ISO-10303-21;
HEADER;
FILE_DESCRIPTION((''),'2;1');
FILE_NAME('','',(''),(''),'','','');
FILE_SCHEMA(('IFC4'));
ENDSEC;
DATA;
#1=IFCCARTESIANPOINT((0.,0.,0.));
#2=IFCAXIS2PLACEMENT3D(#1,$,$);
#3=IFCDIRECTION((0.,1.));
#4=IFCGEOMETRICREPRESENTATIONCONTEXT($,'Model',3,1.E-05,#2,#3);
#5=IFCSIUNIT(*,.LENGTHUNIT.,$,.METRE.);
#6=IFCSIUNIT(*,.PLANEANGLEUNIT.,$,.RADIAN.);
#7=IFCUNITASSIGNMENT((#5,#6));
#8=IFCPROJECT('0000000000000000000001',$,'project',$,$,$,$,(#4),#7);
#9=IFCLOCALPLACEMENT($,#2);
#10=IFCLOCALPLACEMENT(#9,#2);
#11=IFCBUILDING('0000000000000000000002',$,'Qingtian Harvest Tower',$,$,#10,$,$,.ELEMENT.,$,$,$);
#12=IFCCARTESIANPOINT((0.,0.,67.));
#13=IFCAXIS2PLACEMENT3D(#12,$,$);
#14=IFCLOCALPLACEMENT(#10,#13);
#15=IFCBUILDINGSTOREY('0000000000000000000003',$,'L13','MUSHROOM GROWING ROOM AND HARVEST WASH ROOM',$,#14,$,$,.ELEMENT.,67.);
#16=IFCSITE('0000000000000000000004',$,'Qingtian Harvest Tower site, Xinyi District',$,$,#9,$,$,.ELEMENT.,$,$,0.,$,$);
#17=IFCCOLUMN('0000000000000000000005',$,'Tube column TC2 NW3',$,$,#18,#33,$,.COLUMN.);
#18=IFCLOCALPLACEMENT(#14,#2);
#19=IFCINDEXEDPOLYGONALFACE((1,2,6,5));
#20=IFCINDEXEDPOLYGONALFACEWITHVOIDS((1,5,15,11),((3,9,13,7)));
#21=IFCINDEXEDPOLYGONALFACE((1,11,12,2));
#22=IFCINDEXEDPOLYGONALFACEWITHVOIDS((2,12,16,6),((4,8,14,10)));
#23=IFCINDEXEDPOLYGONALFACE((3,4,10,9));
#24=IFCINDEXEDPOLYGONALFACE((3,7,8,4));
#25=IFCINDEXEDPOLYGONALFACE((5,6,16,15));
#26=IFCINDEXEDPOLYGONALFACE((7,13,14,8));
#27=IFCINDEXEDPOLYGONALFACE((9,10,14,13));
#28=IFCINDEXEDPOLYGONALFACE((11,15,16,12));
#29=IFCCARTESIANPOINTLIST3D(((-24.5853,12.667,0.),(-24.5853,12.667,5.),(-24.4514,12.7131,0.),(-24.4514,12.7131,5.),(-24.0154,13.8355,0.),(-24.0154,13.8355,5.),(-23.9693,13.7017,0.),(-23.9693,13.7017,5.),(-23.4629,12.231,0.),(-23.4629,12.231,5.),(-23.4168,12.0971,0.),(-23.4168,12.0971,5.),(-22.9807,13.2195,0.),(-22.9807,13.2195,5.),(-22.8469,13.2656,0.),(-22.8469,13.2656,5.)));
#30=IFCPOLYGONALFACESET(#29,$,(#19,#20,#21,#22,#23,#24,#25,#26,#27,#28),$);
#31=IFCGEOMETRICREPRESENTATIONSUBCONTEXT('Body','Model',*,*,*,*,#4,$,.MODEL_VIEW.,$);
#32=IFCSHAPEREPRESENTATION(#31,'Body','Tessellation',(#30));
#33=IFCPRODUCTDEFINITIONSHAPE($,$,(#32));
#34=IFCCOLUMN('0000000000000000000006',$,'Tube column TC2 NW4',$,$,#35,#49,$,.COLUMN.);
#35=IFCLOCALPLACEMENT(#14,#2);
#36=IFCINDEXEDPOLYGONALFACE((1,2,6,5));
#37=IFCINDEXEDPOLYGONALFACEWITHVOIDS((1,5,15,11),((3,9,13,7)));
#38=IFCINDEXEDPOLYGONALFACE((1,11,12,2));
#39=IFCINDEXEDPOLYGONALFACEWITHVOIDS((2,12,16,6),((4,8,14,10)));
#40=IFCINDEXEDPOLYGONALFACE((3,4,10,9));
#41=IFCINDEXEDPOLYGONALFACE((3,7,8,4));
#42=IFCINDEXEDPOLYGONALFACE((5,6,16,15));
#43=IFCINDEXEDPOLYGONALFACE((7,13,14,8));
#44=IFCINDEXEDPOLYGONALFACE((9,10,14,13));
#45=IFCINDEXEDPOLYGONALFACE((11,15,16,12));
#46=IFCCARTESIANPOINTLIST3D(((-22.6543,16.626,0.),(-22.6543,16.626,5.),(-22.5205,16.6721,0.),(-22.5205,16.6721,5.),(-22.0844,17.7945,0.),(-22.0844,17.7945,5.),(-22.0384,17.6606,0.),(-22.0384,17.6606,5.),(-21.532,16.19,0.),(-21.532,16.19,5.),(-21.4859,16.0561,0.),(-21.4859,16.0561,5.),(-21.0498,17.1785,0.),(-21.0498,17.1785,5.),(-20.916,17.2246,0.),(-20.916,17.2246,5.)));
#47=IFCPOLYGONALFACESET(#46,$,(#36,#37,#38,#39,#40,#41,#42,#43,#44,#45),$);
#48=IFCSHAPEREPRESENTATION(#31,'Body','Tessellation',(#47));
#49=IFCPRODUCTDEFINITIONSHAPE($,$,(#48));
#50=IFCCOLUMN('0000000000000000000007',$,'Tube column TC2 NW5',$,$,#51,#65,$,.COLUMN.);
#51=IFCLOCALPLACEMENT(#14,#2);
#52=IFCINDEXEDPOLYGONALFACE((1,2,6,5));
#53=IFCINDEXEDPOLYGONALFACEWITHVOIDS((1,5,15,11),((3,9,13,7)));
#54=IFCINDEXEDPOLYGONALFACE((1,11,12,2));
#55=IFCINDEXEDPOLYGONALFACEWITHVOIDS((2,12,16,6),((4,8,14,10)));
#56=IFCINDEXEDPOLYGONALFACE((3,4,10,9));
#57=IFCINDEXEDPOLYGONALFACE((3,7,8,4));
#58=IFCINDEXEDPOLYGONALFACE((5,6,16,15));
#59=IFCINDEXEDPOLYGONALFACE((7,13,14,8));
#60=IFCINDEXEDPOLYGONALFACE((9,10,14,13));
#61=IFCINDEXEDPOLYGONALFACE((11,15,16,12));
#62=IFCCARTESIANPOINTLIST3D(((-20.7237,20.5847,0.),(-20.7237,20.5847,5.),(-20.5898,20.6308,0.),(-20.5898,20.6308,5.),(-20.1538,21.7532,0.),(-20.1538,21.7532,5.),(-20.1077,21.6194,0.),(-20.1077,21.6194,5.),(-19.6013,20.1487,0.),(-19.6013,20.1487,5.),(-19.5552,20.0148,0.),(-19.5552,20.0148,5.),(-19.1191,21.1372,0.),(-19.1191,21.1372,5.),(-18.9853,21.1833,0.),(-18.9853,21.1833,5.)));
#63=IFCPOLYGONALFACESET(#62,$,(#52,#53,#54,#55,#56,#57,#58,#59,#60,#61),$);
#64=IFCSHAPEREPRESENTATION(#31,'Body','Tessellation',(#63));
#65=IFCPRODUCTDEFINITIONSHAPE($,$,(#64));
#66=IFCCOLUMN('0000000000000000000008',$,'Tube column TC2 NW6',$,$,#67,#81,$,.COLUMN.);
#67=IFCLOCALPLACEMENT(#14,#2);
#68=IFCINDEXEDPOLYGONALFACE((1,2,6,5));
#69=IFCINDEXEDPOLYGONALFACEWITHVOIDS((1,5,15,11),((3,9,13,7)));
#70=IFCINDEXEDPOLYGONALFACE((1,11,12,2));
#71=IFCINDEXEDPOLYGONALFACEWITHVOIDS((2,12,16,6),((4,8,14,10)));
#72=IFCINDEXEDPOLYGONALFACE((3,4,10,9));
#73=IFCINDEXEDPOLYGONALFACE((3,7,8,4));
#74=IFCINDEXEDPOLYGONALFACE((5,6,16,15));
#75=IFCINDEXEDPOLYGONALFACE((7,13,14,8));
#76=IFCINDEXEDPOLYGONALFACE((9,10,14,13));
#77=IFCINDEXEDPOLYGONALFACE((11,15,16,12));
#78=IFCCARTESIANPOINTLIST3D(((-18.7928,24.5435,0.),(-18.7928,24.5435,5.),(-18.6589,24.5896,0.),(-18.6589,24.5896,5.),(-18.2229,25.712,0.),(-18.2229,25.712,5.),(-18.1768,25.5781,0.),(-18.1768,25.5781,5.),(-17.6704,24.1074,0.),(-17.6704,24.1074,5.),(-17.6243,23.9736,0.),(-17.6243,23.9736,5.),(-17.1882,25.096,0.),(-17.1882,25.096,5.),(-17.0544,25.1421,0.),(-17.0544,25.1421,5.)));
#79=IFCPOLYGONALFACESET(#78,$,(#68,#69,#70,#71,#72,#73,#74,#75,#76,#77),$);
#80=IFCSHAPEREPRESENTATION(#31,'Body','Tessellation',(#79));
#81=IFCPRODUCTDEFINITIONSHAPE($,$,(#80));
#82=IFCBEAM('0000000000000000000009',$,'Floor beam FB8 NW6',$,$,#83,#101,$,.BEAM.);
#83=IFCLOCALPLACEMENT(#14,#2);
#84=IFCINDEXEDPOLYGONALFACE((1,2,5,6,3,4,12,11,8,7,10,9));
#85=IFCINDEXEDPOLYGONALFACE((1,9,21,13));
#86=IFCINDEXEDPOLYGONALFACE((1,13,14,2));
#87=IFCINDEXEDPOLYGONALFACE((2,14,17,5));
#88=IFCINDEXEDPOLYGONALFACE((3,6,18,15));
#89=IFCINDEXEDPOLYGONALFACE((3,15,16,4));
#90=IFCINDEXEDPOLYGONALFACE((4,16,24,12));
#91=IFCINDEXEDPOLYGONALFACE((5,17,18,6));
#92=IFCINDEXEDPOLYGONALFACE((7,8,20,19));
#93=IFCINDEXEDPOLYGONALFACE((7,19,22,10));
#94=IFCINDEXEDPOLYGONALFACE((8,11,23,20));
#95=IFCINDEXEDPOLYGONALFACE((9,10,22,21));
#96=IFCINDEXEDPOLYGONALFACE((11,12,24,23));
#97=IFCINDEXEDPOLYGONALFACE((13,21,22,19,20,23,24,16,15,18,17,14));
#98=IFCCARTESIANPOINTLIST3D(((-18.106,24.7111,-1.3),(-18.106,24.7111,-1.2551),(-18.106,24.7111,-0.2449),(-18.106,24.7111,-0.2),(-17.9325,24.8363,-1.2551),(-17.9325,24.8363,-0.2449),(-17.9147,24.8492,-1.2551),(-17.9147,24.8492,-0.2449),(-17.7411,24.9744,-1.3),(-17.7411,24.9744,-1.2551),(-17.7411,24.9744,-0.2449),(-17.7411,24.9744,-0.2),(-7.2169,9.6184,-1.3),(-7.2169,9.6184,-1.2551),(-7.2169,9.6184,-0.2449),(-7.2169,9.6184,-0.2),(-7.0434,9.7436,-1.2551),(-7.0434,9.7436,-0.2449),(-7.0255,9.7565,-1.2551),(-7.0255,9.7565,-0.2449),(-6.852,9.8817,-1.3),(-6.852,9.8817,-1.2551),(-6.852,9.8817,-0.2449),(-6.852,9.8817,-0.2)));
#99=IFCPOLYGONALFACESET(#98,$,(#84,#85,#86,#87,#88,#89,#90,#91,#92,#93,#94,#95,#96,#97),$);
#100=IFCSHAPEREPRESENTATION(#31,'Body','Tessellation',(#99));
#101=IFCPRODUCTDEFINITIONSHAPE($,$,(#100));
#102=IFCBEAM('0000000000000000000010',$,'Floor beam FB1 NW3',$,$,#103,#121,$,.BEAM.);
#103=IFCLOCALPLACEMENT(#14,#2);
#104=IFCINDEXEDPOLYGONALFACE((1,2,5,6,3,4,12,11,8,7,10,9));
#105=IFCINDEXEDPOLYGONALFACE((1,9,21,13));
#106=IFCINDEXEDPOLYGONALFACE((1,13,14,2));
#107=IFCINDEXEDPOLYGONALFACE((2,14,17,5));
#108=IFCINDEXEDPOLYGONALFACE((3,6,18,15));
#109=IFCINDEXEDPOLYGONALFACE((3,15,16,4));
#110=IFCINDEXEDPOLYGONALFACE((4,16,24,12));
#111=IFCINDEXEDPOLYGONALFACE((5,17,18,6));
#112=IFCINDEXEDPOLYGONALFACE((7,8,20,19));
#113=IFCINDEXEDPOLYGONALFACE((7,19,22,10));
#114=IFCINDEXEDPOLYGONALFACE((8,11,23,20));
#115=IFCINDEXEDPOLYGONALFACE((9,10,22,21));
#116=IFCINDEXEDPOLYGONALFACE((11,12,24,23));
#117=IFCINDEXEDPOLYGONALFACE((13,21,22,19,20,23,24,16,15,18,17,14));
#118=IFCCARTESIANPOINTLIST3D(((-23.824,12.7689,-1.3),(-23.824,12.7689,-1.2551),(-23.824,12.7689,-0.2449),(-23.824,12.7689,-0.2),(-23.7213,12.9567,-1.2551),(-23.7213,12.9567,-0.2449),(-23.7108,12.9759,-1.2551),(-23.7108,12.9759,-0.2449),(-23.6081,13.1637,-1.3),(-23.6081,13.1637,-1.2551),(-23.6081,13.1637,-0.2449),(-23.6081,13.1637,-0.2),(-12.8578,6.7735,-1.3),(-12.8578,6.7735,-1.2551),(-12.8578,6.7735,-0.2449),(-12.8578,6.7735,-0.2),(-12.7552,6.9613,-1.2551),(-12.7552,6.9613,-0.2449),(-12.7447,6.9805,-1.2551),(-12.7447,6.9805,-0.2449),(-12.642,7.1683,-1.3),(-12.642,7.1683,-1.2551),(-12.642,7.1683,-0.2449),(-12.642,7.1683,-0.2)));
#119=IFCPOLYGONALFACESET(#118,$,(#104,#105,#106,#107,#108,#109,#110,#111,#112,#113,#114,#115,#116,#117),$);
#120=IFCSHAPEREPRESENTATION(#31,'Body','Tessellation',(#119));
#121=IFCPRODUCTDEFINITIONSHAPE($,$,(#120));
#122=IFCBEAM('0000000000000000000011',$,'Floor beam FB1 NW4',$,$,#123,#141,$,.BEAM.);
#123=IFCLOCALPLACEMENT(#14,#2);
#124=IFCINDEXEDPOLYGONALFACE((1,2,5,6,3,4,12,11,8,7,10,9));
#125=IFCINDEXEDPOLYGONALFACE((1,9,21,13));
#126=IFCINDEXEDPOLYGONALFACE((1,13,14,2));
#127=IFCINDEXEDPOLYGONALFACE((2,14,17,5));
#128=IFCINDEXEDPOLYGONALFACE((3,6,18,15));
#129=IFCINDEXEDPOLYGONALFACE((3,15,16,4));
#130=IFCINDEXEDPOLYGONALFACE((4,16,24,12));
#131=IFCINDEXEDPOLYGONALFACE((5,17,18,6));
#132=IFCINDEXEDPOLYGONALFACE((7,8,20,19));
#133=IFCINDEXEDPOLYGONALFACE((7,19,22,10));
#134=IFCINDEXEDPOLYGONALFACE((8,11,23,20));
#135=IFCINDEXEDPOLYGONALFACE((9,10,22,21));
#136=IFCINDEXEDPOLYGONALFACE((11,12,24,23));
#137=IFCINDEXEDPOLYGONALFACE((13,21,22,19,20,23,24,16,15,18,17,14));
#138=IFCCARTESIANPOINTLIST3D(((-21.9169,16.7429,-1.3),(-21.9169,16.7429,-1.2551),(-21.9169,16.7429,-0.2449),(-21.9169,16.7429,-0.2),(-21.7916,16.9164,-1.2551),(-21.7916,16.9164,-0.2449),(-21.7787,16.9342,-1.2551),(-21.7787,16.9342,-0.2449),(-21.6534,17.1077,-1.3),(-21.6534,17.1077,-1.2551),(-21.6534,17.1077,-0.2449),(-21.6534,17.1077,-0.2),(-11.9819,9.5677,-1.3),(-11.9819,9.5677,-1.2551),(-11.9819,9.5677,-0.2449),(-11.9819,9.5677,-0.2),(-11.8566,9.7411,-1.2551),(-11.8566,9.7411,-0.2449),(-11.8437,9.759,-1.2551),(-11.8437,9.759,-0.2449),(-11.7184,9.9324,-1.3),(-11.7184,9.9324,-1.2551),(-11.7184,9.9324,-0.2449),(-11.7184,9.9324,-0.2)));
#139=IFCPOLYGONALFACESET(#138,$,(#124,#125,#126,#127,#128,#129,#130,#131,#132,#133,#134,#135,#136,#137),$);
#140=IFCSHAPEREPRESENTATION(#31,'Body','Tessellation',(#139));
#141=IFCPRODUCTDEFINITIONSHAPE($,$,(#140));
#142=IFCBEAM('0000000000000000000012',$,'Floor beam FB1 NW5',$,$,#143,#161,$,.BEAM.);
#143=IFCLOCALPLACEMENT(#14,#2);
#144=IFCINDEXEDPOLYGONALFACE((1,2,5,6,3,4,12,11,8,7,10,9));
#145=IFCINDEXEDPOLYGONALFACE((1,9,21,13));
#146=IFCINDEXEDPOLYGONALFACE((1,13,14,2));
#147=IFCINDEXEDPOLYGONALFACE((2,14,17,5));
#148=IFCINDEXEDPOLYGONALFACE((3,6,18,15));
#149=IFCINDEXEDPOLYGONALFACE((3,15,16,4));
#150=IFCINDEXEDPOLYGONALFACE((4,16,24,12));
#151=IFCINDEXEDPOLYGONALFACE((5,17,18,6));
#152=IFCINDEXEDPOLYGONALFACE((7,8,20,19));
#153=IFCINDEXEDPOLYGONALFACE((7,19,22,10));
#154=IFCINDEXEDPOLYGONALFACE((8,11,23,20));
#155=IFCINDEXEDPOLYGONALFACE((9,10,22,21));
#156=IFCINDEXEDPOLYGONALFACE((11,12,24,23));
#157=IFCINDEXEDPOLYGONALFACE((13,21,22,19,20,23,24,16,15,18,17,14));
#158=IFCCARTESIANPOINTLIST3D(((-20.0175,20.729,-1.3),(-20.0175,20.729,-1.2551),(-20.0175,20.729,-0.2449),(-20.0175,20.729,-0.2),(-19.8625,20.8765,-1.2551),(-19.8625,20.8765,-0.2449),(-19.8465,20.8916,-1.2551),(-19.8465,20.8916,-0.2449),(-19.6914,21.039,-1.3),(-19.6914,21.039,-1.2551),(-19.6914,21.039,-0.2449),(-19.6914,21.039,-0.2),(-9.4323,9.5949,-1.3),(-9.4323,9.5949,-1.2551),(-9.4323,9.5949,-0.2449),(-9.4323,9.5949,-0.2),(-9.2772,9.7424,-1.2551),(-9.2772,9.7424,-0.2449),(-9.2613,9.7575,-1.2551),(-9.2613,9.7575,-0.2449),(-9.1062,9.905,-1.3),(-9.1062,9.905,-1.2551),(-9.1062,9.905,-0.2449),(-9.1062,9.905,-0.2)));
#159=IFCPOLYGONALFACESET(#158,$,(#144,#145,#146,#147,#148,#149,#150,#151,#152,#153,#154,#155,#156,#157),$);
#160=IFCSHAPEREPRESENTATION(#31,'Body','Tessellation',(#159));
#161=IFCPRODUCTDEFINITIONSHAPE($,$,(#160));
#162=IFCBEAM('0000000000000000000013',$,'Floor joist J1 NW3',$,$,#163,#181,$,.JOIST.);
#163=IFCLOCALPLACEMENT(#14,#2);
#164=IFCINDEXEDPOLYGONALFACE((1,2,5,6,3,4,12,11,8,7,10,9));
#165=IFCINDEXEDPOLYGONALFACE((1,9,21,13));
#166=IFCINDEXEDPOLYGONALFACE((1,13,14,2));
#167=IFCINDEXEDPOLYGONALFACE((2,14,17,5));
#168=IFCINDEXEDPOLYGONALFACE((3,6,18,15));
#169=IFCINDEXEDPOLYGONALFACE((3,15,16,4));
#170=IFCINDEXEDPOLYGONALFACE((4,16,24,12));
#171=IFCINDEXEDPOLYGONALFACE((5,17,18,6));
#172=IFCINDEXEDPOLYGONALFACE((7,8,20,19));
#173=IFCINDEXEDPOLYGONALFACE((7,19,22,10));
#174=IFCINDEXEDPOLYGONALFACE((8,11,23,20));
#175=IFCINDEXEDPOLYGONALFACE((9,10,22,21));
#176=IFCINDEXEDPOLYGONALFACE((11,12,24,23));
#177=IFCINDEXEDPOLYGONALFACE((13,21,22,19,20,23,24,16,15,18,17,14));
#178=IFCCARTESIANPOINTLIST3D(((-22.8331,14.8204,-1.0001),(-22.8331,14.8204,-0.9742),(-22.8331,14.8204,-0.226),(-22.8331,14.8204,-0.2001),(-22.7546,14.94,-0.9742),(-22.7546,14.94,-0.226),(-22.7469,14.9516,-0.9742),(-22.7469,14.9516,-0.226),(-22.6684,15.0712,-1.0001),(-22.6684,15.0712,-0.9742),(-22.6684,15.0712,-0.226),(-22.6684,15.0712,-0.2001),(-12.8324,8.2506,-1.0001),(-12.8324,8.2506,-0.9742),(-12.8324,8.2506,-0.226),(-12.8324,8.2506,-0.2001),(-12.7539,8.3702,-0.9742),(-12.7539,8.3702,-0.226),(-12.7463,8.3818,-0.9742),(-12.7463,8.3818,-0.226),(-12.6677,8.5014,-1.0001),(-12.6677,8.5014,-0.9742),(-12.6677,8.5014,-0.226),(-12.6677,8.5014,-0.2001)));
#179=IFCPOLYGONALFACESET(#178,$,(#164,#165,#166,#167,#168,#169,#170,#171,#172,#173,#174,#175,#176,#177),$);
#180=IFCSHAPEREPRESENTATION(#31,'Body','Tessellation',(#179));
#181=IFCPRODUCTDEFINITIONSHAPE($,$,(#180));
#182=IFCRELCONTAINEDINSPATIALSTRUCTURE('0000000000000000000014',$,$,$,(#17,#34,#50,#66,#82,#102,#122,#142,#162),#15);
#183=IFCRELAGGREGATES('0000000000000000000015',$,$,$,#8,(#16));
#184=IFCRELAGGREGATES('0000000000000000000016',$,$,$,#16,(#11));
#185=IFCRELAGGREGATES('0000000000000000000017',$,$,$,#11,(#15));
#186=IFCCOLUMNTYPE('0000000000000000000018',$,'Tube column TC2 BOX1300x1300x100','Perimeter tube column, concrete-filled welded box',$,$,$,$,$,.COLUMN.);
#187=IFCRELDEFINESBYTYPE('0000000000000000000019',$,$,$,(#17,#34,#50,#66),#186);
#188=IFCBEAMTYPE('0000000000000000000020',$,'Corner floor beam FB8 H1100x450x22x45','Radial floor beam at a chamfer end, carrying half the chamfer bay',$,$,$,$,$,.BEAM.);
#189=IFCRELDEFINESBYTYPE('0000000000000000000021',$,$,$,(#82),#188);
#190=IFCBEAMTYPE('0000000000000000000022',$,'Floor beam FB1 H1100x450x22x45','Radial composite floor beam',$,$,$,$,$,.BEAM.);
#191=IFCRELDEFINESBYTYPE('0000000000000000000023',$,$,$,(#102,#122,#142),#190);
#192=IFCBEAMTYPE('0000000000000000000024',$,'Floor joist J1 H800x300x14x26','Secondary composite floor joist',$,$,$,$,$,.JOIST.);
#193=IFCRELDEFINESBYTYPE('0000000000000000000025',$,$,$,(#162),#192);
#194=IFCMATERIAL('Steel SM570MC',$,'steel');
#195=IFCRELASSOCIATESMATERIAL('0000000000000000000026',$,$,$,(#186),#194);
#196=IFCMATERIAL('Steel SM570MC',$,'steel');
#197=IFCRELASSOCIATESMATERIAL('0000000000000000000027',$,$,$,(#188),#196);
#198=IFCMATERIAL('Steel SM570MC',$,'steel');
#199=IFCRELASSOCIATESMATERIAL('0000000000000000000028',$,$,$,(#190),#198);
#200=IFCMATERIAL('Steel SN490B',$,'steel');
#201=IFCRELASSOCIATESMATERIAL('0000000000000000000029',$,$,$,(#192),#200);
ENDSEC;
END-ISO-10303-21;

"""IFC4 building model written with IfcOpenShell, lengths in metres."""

from ifc_helpers import new_model, si_unit, direction, frame, origin, origin_2d, place, context, subcontext, project, spatial, hollow_rectangle, i_section, extrude, material, material_profile, profile_set, type_object, element, save


model = new_model("IFC4")

# Units and contexts
model_context = context("Model", 3, precision=1e-05, world=origin(), true_north=direction((0.0, 1.0)))
body_context = subcontext(model_context, "Body", "Model", "MODEL_VIEW")
ifc_project = project(units=[si_unit("LENGTHUNIT", "METRE"), si_unit("PLANEANGLEUNIT", "RADIAN")], contexts=[model_context])

# Site, building, storey
site_placement = place(None, origin())
site = spatial("IfcSite", under=ifc_project, at=site_placement, Name="Qingtian Harvest Tower site, Xinyi District", CompositionType="ELEMENT", RefElevation=0.0)
building_placement = place(site_placement, origin())
building = spatial("IfcBuilding", under=site, at=building_placement, Name="Qingtian Harvest Tower", CompositionType="ELEMENT")
storey_placement = place(building_placement, frame((0.0, 0.0, 67.0)))
storey = spatial("IfcBuildingStorey", under=building, at=storey_placement, Name="L13", Description="MUSHROOM GROWING ROOM AND HARVEST WASH ROOM", CompositionType="ELEMENT", Elevation=67.0)

# Columns
ifc_material_1 = material(Name="Steel SM570MC", Category="steel")
ifc_material_profile_1 = material_profile(ifc_material_1, hollow_rectangle(XDim=1.3, YDim=1.3, WallThickness=0.1001, at=origin_2d()), Name="BOX1300x1300x100")
ifc_profile_set_1 = profile_set([ifc_material_profile_1], Name="Steel SM570MC")
column_type = type_object("IfcColumnType", Name="Tube column TC2 BOX1300x1300x100", Description="Perimeter tube column, concrete-filled welded box", PredefinedType="COLUMN", material=ifc_profile_set_1)
for number, where, z_axis, x_axis, name in (
    (1, (-23.7161, 12.9663, 0.0), (0.0, 0.0, 1.0), (-0.438371, -0.898794, 0.0), "Tube column TC2 NW3"),
    (2, (-21.7852, 16.9253, 0.0), (0.0, 0.0, 1.0), (-0.438371, -0.898794, 0.0), "Tube column TC2 NW4"),
    (3, (-19.8545, 20.884, 0.0), (0.0, 0.0, 1.0), (-0.438371, -0.898794, 0.0), "Tube column TC2 NW5"),
    (4, (-17.9236, 24.8428, 0.0), (0.0, 0.0, 1.0), (-0.438371, -0.898794, 0.0), "Tube column TC2 NW6"),
):
    element("IfcColumn", number, at=place(storey_placement, frame(where, z_axis=z_axis, x_axis=x_axis)), inside=storey, type_object=column_type, Name=name, PredefinedType="COLUMN", context=body_context, shape_type="SweptSolid", body=[
        extrude(hollow_rectangle(XDim=1.3, YDim=1.3, WallThickness=0.1001, at=origin_2d()), origin(), (0.0, 0.0, 1.0), 5.0),
    ])

# Beams
ifc_material_2 = material(Name="Steel SM570MC", Category="steel")
ifc_material_profile_2 = material_profile(ifc_material_2, i_section(OverallWidth=0.45, OverallDepth=1.1001, WebThickness=0.022, FlangeThickness=0.0449, at=origin_2d()), Name="H1100x450x22x45")
ifc_profile_set_2 = profile_set([ifc_material_profile_2], Name="Steel SM570MC")
beam_type_1 = type_object("IfcBeamType", Name="Corner floor beam FB8 H1100x450x22x45", Description="Radial floor beam at a chamfer end, carrying half the chamfer bay", PredefinedType="BEAM", material=ifc_profile_set_2)
beam_1_placement = place(storey_placement, frame((-17.9236, 24.8428, -0.75), z_axis=(0.585096, -0.810964, 0.0), x_axis=(0.810964, 0.585096, 0.0)))
element("IfcBeam", 5, at=beam_1_placement, inside=storey, type_object=beam_type_1, Name="Floor beam FB8 NW6", PredefinedType="BEAM", context=body_context, shape_type="SweptSolid", body=[
    extrude(i_section(OverallWidth=0.45, OverallDepth=1.1001, WebThickness=0.022, FlangeThickness=0.0449, at=origin_2d()), origin(), (0.0, 0.0, 1.0), 18.6108),
])
ifc_material_3 = material(Name="Steel SM570MC", Category="steel")
ifc_material_profile_3 = material_profile(ifc_material_3, i_section(OverallWidth=0.45, OverallDepth=1.1001, WebThickness=0.022, FlangeThickness=0.0449, at=origin_2d()), Name="H1100x450x22x45")
ifc_profile_set_3 = profile_set([ifc_material_profile_3], Name="Steel SM570MC")
beam_type_2 = type_object("IfcBeamType", Name="Floor beam FB1 H1100x450x22x45", Description="Radial composite floor beam", PredefinedType="BEAM", material=ifc_profile_set_3)
beam_2_placement = place(storey_placement, frame((-23.7161, 12.9663, -0.75), z_axis=(0.877429, -0.479707, 0.0), x_axis=(0.479707, 0.877429, 0.0)))
element("IfcBeam", 6, at=beam_2_placement, inside=storey, type_object=beam_type_2, Name="Floor beam FB1 NW3", PredefinedType="BEAM", context=body_context, shape_type="SweptSolid", body=[
    extrude(i_section(OverallWidth=0.45, OverallDepth=1.1001, WebThickness=0.022, FlangeThickness=0.0449, at=origin_2d()), origin(), (0.0, 0.0, 1.0), 12.498),
])
beam_3_placement = place(storey_placement, frame((-21.7852, 16.9253, -0.75), z_axis=(0.81068, -0.585489, 0.0), x_axis=(0.585489, 0.81068, 0.0)))
element("IfcBeam", 7, at=beam_3_placement, inside=storey, type_object=beam_type_2, Name="Floor beam FB1 NW4", PredefinedType="BEAM", context=body_context, shape_type="SweptSolid", body=[
    extrude(i_section(OverallWidth=0.45, OverallDepth=1.1001, WebThickness=0.022, FlangeThickness=0.0449, at=origin_2d()), origin(), (0.0, 0.0, 1.0), 12.2551),
])
beam_4_placement = place(storey_placement, frame((-19.8545, 20.884, -0.75), z_axis=(0.689019, -0.724743, 0.0), x_axis=(0.724743, 0.689019, 0.0)))
element("IfcBeam", 8, at=beam_4_placement, inside=storey, type_object=beam_type_2, Name="Floor beam FB1 NW5", PredefinedType="BEAM", context=body_context, shape_type="SweptSolid", body=[
    extrude(i_section(OverallWidth=0.45, OverallDepth=1.1001, WebThickness=0.022, FlangeThickness=0.0449, at=origin_2d()), origin(), (0.0, 0.0, 1.0), 15.3628),
])
ifc_material_4 = material(Name="Steel SN490B", Category="steel")
ifc_material_profile_4 = material_profile(ifc_material_4, i_section(OverallWidth=0.3, OverallDepth=0.8, WebThickness=0.0139, FlangeThickness=0.0259, at=origin_2d()), Name="H800x300x14x26")
ifc_profile_set_4 = profile_set([ifc_material_profile_4], Name="Steel SN490B")
beam_type_3 = type_object("IfcBeamType", Name="Floor joist J1 H800x300x14x26", Description="Secondary composite floor joist", PredefinedType="JOIST", material=ifc_profile_set_4)
beam_5_placement = place(storey_placement, frame((-22.7507, 14.9458, -0.6001), z_axis=(0.835785, -0.549056, 0.0), x_axis=(0.549056, 0.835785, 0.0)))
element("IfcBeam", 9, at=beam_5_placement, inside=storey, type_object=beam_type_3, Name="Floor joist J1 NW3", PredefinedType="JOIST", context=body_context, shape_type="SweptSolid", body=[
    extrude(i_section(OverallWidth=0.3, OverallDepth=0.8, WebThickness=0.0139, FlangeThickness=0.0259, at=origin_2d()), origin(), (0.0, 0.0, 1.0), 11.9656),
])

save(model, "model.ifc")
